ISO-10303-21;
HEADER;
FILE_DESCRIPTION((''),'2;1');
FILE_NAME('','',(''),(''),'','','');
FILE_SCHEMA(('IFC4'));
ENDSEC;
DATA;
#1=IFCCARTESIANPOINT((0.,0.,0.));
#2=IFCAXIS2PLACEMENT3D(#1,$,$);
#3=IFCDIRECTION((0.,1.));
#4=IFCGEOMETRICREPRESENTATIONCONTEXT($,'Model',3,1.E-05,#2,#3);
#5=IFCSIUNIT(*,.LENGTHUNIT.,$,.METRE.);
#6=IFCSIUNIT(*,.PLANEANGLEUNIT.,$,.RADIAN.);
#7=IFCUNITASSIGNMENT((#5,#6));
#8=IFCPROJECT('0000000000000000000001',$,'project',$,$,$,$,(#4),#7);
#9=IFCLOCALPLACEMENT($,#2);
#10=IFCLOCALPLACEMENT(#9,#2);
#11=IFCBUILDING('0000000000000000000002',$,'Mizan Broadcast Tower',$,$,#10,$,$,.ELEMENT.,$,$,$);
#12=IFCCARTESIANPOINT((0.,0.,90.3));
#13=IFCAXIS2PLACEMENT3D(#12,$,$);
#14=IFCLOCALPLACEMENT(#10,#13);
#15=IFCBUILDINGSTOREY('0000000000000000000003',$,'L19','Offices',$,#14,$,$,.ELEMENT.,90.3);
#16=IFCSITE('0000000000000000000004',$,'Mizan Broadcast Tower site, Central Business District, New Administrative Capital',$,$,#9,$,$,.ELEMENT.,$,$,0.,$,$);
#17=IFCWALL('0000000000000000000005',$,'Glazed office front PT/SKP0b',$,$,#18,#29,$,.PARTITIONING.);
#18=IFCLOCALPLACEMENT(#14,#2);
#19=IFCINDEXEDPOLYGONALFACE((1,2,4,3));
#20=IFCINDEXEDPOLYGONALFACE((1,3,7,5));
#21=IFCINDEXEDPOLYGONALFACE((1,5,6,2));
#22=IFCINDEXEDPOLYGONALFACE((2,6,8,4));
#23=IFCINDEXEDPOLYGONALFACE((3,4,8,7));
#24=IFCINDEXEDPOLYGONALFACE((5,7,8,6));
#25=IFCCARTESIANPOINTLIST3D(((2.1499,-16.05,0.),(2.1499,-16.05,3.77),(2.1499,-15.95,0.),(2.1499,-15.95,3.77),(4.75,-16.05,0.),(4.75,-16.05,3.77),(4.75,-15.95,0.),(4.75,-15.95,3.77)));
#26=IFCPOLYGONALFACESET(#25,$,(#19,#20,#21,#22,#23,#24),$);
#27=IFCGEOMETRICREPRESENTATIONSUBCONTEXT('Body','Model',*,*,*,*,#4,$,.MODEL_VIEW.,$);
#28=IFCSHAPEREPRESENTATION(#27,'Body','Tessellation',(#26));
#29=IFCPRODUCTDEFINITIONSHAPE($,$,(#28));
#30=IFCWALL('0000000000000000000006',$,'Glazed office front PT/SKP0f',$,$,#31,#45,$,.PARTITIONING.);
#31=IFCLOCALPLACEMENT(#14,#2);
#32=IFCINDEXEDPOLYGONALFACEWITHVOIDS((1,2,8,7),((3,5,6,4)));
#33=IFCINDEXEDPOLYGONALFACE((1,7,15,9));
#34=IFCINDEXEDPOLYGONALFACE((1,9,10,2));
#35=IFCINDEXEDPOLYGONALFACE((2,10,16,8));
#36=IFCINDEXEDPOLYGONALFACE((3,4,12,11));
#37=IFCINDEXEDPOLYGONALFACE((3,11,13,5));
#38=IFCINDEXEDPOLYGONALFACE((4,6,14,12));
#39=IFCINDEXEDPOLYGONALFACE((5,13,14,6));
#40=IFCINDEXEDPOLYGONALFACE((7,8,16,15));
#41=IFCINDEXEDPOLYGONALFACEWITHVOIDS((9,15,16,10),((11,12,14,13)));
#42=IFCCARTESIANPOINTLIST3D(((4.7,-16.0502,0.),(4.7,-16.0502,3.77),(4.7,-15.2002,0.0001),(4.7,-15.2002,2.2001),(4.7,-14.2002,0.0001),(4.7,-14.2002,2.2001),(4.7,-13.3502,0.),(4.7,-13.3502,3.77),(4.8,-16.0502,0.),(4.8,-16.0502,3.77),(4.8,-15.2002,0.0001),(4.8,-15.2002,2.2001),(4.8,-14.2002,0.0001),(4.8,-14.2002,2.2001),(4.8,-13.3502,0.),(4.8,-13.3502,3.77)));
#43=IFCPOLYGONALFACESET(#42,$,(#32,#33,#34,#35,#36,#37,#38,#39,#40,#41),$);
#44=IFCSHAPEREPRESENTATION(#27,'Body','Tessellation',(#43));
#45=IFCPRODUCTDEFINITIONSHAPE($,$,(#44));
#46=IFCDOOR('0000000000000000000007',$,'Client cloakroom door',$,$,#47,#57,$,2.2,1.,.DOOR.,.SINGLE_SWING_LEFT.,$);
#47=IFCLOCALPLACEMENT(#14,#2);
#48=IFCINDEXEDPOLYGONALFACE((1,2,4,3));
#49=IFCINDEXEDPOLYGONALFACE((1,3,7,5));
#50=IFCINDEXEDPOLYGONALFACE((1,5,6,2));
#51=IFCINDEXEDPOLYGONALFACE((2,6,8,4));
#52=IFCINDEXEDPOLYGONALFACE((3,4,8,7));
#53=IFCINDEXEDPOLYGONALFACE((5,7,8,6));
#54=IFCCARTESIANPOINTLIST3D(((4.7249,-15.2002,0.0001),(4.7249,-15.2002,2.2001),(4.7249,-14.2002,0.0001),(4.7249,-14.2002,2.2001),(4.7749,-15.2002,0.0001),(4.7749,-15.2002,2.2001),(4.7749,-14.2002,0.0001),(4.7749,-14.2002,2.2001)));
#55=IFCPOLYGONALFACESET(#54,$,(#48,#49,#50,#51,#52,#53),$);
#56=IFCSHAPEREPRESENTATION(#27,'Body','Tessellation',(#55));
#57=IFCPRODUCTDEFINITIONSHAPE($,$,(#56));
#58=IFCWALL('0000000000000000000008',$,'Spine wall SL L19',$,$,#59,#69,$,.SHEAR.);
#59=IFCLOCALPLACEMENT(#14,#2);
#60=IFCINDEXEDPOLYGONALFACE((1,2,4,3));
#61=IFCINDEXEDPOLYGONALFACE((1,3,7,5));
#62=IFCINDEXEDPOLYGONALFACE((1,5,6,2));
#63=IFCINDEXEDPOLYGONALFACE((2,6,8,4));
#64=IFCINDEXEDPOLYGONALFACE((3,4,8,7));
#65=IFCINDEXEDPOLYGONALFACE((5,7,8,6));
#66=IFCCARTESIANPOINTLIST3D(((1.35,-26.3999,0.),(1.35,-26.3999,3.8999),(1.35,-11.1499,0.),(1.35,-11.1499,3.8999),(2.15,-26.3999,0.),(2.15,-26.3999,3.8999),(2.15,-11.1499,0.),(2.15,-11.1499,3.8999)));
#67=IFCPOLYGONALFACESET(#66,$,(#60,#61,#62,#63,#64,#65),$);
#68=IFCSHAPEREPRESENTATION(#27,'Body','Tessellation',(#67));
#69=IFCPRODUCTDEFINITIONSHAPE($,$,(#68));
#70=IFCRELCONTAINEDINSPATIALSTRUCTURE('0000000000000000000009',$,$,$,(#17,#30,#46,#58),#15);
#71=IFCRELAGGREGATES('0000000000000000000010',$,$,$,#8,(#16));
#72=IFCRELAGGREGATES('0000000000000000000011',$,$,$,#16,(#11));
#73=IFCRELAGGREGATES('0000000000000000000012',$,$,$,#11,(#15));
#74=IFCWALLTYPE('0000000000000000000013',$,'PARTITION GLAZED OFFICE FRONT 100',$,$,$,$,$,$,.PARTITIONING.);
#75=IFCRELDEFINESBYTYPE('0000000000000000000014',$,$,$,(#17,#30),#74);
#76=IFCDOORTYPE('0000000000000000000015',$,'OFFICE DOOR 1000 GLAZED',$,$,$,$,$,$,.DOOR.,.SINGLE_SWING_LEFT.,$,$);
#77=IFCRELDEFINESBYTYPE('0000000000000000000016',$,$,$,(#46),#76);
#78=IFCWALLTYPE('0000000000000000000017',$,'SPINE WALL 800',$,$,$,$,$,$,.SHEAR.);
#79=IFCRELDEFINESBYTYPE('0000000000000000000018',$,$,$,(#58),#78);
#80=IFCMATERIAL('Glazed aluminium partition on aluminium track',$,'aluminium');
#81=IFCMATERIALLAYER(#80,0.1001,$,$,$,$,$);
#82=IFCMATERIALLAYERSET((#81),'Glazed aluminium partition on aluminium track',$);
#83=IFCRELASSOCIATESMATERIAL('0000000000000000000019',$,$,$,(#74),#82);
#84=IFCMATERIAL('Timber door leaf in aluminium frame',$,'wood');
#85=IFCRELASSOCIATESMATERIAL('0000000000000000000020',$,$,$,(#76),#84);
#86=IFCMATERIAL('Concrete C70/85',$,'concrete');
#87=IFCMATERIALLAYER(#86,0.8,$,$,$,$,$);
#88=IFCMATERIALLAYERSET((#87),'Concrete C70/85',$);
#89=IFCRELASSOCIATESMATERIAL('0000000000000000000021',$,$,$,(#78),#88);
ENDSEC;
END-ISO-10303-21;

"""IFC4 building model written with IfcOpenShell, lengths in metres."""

from ifc_helpers import new_model, si_unit, direction, frame, frame_2d, origin, place, context, subcontext, project, spatial, rectangle, extrude, material, layer, layer_set, type_object, element, fill, save


model = new_model("IFC4")

# Units and contexts
model_context = context("Model", 3, precision=1e-05, world=origin(), true_north=direction((0.0, 1.0)))
body_context = subcontext(model_context, "Body", "Model", "MODEL_VIEW")
ifc_project = project(units=[si_unit("LENGTHUNIT", "METRE"), si_unit("PLANEANGLEUNIT", "RADIAN")], contexts=[model_context])

# Site, building, storey
site_placement = place(None, origin())
site = spatial("IfcSite", under=ifc_project, at=site_placement, Name="Mizan Broadcast Tower site, Central Business District, New Administrative Capital", CompositionType="ELEMENT", RefElevation=0.0)
building_placement = place(site_placement, origin())
building = spatial("IfcBuilding", under=site, at=building_placement, Name="Mizan Broadcast Tower", CompositionType="ELEMENT")
storey_placement = place(building_placement, frame((0.0, 0.0, 90.3)))
storey = spatial("IfcBuildingStorey", under=building, at=storey_placement, Name="L19", Description="Offices", CompositionType="ELEMENT", Elevation=90.3)

# Wall
ifc_material_1 = material(Name="Glazed aluminium partition on aluminium track", Category="aluminium")
ifc_layer_1 = layer(ifc_material_1, 0.1001)
ifc_layer_set_1 = layer_set([ifc_layer_1], Name="Glazed aluminium partition on aluminium track")
wall_type_1 = type_object("IfcWallType", Name="PARTITION GLAZED OFFICE FRONT 100", PredefinedType="PARTITIONING", material=ifc_layer_set_1)
for number, where, z_axis, x_axis, name in (
    (1, (2.1499, -16.0, 0.0), (0.0, 0.0, 1.0), (1.0, 0.0, 0.0), "Glazed office front PT/SKP0b"),
):
    element("IfcWall", number, at=place(storey_placement, frame(where, z_axis=z_axis, x_axis=x_axis)), inside=storey, type_object=wall_type_1, Name=name, PredefinedType="PARTITIONING", context=body_context, shape_type="SweptSolid", body=[
        extrude(rectangle(XDim=2.6001, YDim=0.1001, at=frame_2d((1.3, 0.0))), origin(), (0.0, 0.0, 1.0), 3.77),
    ])

# Wall, opening, door
wall_1_placement = place(storey_placement, frame((4.75, -13.3501, 0.0), z_axis=(0.0, 0.0, 1.0), x_axis=(0.0, -1.0, 0.0)))
wall_1 = element("IfcWall", 2, at=wall_1_placement, inside=storey, type_object=wall_type_1, Name="Glazed office front PT/SKP0f", PredefinedType="PARTITIONING", context=body_context, shape_type="SweptSolid", body=[
    extrude(rectangle(XDim=2.7, YDim=0.1001, at=frame_2d((1.3501, 0.0))), origin(), (0.0, 0.0, 1.0), 3.77),
])
opening_1_placement = place(wall_1_placement, frame((0.8501, 0.0, 0.0)))
opening_1 = element("IfcOpeningElement", 3, at=opening_1_placement, cuts=wall_1, PredefinedType="OPENING", context=body_context, shape_type="SweptSolid", body=[
    extrude(rectangle(XDim=1.0, YDim=2.2, at=frame_2d((0.5, 1.1001))), frame((0.0, 0.0601, 0.0), z_axis=(0.0, -1.0, 0.0), x_axis=(1.0, 0.0, 0.0)), (0.0, 0.0, 1.0), 0.1201),
])
ifc_material_2 = material(Name="Timber door leaf in aluminium frame", Category="wood")
door_type_1 = type_object("IfcDoorType", Name="OFFICE DOOR 1000 GLAZED", OperationType="SINGLE_SWING_LEFT", PredefinedType="DOOR", material=ifc_material_2)
door_1_placement = place(opening_1_placement, origin())
door_1 = element("IfcDoor", 4, at=door_1_placement, inside=storey, type_object=door_type_1, Name="Client cloakroom door", OperationType="SINGLE_SWING_LEFT", OverallHeight=2.2, OverallWidth=1.0, PredefinedType="DOOR", context=body_context, shape_type="SweptSolid", body=[
    extrude(rectangle(XDim=1.0, YDim=2.2, at=frame_2d((0.5, 1.1001))), frame((0.0, 0.0249, 0.0), z_axis=(0.0, -1.0, 0.0), x_axis=(1.0, 0.0, 0.0)), (0.0, 0.0, 1.0), 0.05),
])
fill(opening_1, door_1)

# Wall
ifc_material_3 = material(Name="Concrete C70/85", Category="concrete")
ifc_layer_2 = layer(ifc_material_3, 0.8)
ifc_layer_set_2 = layer_set([ifc_layer_2], Name="Concrete C70/85")
wall_type_2 = type_object("IfcWallType", Name="SPINE WALL 800", PredefinedType="SHEAR", material=ifc_layer_set_2)
wall_2_placement = place(storey_placement, frame((1.75, -11.1499, 0.0), z_axis=(0.0, 0.0, 1.0), x_axis=(0.0, -1.0, 0.0)))
element("IfcWall", 5, at=wall_2_placement, inside=storey, type_object=wall_type_2, Name="Spine wall SL L19", PredefinedType="SHEAR", context=body_context, shape_type="SweptSolid", body=[
    extrude(rectangle(XDim=15.25, YDim=0.8, at=frame_2d((7.625, 0.0))), origin(), (0.0, 0.0, 1.0), 3.8999),
])

save(model, "model.ifc")
